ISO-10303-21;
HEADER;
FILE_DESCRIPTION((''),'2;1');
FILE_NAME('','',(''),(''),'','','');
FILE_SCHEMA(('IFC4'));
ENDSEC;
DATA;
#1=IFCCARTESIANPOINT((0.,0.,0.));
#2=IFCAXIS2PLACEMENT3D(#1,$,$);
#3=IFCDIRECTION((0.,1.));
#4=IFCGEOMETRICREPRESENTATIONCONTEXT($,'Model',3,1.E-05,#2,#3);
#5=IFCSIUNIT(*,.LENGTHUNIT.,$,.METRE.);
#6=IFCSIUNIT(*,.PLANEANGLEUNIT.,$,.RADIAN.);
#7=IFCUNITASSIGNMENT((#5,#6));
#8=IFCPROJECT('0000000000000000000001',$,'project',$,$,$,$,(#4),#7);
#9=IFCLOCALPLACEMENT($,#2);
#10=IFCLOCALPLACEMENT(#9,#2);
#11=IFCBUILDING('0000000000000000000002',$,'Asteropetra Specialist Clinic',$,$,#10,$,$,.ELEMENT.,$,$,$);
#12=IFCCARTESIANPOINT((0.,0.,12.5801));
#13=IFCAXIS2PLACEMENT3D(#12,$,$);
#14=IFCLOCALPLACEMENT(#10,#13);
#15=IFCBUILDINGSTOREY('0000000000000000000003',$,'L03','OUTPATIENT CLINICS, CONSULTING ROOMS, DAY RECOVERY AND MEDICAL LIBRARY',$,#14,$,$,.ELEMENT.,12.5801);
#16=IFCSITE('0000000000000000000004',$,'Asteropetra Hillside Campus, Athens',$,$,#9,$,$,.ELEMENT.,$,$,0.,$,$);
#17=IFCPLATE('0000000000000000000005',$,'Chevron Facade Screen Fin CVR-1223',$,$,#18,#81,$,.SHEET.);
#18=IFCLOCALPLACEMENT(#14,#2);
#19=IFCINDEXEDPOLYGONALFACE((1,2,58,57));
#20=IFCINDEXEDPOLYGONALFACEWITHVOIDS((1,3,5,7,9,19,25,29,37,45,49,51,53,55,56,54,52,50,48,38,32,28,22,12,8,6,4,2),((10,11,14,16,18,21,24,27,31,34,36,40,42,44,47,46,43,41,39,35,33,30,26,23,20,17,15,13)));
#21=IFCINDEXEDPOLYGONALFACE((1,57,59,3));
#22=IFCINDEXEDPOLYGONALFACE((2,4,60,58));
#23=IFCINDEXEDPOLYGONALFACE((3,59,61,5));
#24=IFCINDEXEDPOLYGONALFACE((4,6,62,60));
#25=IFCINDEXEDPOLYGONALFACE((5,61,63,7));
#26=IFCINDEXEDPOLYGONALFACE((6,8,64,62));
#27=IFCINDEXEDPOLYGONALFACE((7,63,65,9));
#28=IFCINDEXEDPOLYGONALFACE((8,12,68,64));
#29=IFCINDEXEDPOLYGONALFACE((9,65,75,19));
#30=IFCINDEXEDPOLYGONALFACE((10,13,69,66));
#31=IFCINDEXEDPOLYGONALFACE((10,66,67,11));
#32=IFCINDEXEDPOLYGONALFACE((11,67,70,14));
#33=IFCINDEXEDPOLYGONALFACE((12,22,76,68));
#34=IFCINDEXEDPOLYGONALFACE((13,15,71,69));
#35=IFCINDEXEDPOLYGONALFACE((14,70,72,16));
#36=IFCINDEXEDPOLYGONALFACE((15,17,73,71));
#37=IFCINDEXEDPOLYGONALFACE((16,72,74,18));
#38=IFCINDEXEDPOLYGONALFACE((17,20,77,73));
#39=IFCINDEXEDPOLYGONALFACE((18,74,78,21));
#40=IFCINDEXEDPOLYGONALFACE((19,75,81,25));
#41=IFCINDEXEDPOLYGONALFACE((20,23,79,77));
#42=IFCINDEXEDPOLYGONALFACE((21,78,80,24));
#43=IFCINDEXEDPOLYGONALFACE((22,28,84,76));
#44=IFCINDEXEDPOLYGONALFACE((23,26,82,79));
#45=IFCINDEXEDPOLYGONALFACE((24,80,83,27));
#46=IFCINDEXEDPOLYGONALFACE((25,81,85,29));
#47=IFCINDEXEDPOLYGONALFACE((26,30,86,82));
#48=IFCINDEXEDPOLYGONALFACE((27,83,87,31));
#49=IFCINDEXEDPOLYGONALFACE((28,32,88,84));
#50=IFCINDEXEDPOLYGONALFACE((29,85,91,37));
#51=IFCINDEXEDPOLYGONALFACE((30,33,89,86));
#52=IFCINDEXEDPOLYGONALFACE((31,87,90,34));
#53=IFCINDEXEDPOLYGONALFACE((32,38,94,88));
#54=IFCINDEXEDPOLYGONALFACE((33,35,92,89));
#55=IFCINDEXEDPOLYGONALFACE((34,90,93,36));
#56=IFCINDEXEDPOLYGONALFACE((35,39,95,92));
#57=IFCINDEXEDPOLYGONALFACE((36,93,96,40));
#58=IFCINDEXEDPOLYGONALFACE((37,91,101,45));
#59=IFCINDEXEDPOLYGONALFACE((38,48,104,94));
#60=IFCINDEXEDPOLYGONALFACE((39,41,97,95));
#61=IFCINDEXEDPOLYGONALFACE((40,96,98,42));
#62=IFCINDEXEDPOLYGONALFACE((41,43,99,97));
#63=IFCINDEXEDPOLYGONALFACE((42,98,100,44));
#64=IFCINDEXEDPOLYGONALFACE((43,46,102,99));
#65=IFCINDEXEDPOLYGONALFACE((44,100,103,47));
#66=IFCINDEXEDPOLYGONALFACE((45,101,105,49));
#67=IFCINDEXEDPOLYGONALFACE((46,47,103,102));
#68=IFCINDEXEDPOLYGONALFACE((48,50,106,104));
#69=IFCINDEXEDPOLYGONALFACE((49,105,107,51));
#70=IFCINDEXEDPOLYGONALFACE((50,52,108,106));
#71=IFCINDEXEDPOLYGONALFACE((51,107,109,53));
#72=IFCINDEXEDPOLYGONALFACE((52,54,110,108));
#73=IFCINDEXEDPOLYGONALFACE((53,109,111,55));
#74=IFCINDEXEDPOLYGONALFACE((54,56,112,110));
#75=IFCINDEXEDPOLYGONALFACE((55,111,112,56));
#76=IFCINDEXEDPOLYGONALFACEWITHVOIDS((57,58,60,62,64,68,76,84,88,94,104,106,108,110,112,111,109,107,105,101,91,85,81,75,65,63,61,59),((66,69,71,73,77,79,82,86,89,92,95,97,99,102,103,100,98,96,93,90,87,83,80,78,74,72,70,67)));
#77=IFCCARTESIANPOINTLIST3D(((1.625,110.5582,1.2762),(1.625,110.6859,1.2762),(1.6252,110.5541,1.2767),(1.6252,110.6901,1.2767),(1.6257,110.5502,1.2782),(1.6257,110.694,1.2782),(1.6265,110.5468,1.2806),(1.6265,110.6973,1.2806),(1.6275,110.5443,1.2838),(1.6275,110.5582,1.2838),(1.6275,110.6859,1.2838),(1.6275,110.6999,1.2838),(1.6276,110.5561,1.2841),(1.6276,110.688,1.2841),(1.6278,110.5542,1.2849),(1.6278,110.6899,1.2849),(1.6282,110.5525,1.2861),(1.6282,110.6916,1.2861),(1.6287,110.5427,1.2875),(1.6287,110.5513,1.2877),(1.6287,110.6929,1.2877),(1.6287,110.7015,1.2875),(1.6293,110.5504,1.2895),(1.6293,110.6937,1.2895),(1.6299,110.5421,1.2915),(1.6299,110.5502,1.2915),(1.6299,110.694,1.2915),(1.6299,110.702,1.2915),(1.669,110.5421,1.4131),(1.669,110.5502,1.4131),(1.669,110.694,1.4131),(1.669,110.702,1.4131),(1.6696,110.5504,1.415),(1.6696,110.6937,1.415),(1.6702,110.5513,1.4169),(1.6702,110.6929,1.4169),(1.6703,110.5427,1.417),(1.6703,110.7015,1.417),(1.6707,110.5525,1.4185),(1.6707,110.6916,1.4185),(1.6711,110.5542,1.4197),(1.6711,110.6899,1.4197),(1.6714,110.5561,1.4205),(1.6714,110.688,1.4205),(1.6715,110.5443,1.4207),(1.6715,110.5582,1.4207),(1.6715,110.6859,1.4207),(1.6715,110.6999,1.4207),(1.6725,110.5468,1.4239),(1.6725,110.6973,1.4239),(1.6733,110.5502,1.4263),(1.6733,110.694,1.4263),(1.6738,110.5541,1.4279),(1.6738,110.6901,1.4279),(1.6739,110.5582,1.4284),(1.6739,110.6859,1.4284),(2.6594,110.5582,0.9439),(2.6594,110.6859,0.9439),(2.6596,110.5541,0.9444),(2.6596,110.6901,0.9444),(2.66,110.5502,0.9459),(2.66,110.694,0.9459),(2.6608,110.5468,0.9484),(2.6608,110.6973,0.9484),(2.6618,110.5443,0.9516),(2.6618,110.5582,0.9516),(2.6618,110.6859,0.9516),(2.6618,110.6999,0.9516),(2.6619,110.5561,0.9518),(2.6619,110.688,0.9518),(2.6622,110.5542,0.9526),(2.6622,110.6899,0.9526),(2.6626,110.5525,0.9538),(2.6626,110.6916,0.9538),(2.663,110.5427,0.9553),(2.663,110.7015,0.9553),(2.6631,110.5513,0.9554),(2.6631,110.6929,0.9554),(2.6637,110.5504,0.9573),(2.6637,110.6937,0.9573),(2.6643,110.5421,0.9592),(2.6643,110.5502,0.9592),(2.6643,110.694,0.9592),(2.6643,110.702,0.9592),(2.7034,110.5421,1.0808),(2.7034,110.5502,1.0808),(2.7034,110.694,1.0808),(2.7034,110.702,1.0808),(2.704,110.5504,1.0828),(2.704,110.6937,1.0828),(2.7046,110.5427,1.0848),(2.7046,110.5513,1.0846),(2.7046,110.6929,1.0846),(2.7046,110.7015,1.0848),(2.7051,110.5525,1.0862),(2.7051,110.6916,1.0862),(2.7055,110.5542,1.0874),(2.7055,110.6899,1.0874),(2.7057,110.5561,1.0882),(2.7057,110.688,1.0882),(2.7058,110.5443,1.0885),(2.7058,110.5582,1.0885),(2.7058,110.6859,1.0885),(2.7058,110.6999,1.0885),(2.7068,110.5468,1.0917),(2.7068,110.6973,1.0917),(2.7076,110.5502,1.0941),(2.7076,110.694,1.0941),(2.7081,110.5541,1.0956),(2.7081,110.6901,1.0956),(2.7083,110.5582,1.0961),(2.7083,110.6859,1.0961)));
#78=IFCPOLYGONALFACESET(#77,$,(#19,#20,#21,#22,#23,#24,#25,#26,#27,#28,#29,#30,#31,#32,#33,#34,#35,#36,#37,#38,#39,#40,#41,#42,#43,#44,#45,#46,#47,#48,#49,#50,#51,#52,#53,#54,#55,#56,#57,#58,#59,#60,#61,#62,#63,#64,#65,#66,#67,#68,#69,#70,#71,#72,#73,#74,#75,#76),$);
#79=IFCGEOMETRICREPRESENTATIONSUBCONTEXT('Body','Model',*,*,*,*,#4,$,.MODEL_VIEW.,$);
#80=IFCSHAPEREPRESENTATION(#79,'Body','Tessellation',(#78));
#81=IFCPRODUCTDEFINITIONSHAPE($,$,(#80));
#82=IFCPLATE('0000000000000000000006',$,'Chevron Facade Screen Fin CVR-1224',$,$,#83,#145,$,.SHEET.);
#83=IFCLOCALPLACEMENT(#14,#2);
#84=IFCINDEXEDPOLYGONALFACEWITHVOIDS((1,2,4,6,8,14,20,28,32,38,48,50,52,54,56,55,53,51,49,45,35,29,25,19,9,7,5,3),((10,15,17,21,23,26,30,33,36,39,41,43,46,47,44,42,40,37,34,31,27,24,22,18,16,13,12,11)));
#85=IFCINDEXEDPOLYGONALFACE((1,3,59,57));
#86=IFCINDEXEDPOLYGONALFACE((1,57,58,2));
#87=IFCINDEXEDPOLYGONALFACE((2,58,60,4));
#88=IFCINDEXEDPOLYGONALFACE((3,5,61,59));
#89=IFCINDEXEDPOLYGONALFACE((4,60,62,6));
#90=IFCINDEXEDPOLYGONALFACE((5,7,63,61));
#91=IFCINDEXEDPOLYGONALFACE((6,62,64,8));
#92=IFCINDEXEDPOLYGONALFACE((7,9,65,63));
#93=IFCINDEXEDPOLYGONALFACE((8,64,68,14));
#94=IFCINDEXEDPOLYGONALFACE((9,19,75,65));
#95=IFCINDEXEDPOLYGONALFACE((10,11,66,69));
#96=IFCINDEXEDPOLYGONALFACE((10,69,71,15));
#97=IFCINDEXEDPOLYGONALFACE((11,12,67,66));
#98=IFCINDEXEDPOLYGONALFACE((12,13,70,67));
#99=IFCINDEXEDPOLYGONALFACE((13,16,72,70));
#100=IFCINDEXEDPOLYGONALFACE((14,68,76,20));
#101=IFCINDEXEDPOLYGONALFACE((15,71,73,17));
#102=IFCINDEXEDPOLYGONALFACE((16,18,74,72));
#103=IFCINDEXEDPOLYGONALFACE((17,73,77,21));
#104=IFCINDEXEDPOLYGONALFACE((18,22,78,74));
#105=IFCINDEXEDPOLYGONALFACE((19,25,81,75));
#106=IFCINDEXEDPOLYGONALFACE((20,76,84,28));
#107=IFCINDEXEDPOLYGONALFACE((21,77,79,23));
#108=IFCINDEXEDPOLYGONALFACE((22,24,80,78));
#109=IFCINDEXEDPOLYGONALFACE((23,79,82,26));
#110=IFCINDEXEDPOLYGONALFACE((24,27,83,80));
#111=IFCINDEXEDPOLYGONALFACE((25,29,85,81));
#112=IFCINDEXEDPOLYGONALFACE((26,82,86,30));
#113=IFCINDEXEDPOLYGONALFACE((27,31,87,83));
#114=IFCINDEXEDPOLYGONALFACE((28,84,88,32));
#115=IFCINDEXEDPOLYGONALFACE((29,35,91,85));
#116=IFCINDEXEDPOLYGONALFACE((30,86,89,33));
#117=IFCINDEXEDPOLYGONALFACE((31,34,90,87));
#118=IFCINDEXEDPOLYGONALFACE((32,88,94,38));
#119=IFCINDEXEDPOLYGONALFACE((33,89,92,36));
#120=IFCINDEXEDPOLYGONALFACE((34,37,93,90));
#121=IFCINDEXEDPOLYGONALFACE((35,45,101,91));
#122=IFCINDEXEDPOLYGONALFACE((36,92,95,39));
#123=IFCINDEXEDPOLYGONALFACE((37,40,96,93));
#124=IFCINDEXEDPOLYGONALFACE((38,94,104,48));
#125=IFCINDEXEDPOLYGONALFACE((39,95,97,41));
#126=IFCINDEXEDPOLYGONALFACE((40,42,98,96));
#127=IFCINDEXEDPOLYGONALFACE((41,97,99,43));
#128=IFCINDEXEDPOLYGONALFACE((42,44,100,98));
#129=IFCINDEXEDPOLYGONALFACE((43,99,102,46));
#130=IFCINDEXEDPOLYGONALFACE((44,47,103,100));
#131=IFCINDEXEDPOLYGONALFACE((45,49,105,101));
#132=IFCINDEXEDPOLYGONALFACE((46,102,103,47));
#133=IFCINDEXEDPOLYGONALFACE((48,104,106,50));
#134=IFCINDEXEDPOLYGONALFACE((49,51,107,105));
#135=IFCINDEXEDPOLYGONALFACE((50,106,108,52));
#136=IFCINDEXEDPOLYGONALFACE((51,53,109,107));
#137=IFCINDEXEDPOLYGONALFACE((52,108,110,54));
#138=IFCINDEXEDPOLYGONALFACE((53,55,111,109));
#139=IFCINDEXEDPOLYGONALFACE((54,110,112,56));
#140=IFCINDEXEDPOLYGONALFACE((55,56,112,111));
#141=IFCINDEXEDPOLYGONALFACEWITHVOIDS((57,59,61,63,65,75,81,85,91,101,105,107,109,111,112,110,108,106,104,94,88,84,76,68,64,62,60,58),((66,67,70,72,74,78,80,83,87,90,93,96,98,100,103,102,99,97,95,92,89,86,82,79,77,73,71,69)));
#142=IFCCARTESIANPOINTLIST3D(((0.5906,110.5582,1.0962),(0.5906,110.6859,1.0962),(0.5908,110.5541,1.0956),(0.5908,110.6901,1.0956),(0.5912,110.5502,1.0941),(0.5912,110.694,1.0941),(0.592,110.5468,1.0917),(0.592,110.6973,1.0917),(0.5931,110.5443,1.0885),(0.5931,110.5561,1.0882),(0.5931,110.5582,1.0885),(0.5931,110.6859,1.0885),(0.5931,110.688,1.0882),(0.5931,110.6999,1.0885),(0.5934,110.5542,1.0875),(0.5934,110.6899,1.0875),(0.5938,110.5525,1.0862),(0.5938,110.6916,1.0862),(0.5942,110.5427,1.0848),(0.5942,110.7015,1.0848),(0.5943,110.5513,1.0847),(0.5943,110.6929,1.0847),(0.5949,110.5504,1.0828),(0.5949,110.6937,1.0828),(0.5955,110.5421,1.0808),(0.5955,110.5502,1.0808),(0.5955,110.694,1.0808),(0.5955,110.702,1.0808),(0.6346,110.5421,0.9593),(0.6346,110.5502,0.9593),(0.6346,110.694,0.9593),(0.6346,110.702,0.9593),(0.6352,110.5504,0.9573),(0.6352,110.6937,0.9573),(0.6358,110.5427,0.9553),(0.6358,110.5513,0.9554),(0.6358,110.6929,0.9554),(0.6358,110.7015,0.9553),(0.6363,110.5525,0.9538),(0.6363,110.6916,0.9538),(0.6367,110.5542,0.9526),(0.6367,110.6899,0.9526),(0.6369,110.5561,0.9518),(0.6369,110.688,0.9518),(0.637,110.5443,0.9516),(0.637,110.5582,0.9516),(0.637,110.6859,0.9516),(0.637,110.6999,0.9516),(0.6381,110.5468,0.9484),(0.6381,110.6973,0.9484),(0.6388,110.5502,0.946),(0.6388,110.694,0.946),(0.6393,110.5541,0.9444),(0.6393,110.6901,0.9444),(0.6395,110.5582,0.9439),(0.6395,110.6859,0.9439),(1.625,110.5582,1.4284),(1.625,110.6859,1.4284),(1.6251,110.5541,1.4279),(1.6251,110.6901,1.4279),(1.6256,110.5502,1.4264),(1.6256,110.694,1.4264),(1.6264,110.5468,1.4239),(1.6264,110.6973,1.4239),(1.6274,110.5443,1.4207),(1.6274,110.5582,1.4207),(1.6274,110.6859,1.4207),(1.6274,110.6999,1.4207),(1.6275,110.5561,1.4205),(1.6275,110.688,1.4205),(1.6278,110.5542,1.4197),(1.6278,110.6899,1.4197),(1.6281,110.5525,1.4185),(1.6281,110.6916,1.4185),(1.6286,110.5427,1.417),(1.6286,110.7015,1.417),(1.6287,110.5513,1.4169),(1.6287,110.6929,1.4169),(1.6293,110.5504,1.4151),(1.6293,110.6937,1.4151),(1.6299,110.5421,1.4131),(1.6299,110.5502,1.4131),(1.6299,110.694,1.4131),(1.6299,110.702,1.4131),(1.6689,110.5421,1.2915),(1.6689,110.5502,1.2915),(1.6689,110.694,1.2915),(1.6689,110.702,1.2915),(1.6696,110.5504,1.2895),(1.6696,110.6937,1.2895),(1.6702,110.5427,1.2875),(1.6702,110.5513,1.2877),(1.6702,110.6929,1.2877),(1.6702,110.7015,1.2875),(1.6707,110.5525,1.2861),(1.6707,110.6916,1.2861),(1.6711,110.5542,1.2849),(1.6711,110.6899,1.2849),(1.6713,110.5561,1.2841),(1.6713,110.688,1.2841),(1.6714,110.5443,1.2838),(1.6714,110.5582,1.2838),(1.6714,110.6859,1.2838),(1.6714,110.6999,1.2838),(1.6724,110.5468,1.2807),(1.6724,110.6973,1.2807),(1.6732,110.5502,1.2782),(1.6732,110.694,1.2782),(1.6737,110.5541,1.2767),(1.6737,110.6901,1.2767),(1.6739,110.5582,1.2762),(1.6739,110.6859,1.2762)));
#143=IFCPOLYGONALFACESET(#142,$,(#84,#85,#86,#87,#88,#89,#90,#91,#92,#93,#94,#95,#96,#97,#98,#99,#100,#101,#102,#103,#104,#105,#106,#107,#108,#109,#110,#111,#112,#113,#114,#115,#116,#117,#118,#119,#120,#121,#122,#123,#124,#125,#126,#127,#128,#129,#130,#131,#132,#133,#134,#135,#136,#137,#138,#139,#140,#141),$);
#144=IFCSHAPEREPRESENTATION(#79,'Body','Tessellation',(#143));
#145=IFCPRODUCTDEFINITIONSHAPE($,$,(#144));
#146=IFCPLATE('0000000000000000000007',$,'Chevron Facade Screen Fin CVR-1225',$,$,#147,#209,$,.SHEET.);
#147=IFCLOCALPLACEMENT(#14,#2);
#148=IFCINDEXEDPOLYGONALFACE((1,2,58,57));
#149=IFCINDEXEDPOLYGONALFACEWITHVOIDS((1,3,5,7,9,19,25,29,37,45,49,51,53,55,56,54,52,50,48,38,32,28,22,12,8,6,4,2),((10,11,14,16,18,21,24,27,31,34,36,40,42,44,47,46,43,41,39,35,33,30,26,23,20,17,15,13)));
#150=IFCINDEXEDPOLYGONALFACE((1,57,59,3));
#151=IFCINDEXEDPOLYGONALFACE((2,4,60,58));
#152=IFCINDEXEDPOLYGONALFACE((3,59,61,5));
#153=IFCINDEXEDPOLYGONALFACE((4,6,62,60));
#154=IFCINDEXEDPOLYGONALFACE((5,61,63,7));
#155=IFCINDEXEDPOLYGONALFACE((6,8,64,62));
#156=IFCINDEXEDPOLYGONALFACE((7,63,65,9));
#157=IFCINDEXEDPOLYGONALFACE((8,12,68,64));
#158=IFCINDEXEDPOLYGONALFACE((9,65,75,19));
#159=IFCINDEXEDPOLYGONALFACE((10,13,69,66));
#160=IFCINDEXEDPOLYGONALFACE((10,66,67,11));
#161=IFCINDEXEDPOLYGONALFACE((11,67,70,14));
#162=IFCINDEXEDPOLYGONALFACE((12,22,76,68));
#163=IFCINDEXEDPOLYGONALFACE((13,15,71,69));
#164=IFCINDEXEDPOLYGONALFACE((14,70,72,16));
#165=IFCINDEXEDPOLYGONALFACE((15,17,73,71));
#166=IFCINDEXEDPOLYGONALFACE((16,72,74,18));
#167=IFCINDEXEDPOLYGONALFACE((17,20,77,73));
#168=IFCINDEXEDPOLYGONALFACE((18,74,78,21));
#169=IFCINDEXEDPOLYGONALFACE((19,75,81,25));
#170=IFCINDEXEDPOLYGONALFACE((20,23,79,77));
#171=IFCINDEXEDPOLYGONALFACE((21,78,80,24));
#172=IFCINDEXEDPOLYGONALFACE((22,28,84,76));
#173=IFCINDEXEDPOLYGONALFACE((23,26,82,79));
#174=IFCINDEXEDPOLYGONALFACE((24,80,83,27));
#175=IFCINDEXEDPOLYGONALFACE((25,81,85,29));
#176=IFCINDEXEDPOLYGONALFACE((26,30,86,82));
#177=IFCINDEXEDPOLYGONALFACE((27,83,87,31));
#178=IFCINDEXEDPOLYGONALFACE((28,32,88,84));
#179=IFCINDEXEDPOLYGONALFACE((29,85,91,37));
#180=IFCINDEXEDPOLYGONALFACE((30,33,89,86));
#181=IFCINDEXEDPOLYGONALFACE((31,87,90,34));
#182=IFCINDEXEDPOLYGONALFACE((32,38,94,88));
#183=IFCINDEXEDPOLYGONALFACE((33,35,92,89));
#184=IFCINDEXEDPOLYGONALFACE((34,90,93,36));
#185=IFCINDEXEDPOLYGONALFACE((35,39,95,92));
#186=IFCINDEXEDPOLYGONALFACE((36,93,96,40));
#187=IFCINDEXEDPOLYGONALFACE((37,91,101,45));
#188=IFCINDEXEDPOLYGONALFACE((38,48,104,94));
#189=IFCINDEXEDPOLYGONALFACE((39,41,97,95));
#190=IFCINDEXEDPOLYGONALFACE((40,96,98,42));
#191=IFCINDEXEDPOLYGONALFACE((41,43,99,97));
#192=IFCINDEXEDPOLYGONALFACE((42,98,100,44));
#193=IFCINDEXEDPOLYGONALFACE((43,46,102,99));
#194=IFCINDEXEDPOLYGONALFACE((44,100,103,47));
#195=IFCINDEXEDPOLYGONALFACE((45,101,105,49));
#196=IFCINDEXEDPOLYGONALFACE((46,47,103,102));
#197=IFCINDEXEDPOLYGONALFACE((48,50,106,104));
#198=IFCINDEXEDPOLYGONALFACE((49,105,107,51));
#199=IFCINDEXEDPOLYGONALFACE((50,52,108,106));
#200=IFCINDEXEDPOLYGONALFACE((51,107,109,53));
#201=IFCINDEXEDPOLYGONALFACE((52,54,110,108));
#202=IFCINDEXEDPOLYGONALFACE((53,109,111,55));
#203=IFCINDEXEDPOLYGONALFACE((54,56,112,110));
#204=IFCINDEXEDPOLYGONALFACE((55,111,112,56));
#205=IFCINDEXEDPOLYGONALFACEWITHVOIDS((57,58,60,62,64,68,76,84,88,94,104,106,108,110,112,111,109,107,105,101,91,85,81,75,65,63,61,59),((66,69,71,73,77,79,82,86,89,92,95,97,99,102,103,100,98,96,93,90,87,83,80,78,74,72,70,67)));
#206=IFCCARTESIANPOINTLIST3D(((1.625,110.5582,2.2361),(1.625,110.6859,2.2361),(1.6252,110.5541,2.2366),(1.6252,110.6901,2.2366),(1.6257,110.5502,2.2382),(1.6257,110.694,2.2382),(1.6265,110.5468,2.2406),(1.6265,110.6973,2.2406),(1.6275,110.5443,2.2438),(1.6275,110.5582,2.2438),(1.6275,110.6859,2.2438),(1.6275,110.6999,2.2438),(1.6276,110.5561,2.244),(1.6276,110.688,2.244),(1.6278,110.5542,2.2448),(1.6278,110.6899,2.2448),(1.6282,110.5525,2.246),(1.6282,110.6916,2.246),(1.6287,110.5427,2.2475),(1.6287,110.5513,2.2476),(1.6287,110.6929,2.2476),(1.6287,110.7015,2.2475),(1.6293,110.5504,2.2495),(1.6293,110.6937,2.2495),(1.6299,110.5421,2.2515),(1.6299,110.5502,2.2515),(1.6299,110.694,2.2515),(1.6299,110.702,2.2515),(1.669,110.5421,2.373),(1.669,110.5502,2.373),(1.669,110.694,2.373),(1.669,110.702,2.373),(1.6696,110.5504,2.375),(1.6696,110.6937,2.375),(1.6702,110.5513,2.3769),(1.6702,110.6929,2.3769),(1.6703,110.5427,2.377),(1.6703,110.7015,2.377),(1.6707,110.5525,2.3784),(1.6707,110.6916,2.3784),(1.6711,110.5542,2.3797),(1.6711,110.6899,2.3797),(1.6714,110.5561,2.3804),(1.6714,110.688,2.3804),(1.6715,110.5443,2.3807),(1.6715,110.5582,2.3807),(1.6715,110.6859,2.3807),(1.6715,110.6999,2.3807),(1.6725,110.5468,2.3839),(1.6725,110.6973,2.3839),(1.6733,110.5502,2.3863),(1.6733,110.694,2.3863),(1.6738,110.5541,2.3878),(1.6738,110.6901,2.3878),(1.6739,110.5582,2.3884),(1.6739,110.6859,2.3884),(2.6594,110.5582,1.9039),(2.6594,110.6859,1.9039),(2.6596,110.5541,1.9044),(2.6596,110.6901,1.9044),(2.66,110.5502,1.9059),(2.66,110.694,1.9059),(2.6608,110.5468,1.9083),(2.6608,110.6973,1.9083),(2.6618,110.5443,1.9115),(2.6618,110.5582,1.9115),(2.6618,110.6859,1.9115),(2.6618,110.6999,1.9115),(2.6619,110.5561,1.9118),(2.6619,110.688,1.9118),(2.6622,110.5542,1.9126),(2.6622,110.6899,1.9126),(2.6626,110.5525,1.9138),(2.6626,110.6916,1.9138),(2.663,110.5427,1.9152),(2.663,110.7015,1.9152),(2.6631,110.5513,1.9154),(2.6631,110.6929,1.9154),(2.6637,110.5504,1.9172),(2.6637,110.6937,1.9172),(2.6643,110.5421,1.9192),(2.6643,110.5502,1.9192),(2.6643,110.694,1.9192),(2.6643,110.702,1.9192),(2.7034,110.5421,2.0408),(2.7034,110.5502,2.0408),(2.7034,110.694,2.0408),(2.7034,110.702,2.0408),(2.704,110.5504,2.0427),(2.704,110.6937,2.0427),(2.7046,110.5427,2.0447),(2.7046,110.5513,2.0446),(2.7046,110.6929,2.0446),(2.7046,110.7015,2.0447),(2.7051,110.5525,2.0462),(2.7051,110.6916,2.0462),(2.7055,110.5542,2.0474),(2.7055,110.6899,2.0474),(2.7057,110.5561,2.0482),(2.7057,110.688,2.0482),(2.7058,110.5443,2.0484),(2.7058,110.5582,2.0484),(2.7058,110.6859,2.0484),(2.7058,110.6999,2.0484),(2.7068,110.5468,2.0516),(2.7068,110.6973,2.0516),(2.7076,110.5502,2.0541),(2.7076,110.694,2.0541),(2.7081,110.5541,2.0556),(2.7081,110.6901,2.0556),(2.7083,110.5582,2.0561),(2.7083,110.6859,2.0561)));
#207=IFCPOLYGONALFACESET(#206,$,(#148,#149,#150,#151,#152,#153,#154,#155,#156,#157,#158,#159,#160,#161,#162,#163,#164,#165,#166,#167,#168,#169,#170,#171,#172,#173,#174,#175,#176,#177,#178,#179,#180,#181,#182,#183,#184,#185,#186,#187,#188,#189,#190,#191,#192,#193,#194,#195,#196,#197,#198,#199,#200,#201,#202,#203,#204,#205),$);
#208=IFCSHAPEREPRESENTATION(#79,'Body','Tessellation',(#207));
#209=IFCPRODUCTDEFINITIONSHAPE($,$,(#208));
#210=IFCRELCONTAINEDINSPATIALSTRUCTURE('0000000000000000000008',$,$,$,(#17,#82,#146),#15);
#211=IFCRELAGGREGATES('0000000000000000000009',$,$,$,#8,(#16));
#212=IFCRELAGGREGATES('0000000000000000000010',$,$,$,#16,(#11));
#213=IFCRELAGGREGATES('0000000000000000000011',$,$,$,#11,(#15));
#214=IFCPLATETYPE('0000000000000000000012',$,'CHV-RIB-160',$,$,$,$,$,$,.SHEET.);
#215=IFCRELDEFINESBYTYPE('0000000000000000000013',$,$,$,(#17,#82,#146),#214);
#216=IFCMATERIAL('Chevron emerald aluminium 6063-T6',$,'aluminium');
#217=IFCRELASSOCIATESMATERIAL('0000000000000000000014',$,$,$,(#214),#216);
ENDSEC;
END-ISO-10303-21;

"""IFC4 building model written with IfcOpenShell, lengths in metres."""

from ifc_helpers import new_model, si_unit, direction, frame, origin, origin_2d, place, context, subcontext, project, spatial, hollow_rectangle, extrude, material, material_profile, profile_set, type_object, element, save


model = new_model("IFC4")

# Units and contexts
model_context = context("Model", 3, precision=1e-05, world=origin(), true_north=direction((0.0, 1.0)))
body_context = subcontext(model_context, "Body", "Model", "MODEL_VIEW")
ifc_project = project(units=[si_unit("LENGTHUNIT", "METRE"), si_unit("PLANEANGLEUNIT", "RADIAN")], contexts=[model_context])

# Site, building, storey
site_placement = place(None, origin())
site = spatial("IfcSite", under=ifc_project, at=site_placement, Name="Asteropetra Hillside Campus, Athens", CompositionType="ELEMENT", RefElevation=0.0)
building_placement = place(site_placement, origin())
building = spatial("IfcBuilding", under=site, at=building_placement, Name="Asteropetra Specialist Clinic", CompositionType="ELEMENT")
storey_placement = place(building_placement, frame((0.0, 0.0, 12.5801)))
storey = spatial("IfcBuildingStorey", under=building, at=storey_placement, Name="L03", Description="OUTPATIENT CLINICS, CONSULTING ROOMS, DAY RECOVERY AND MEDICAL LIBRARY", CompositionType="ELEMENT", Elevation=12.5801)

# Plates
ifc_material_1 = material(Name="Chevron emerald aluminium 6063-T6", Category="aluminium")
ifc_material_profile_1 = material_profile(ifc_material_1, hollow_rectangle(XDim=0.1599, YDim=0.1599, WallThickness=0.0081, InnerFilletRadius=0.0081, OuterFilletRadius=0.0161, at=origin_2d()), Name="SHS 160x160x8.0")
ifc_profile_set_1 = profile_set([ifc_material_profile_1], Name="Chevron emerald aluminium 6063-T6")
plate_type_1 = type_object("IfcPlateType", Name="CHV-RIB-160", PredefinedType="SHEET", material=ifc_profile_set_1)
for number, where, z_axis, x_axis, name in (
    (1, (2.6838, 110.6221, 1.02), (-0.952087, 0.0, 0.305827), (0.0, -1.0, 0.0), "Chevron Facade Screen Fin CVR-1223"),
    (2, (1.6494, 110.6221, 1.3523), (-0.952087, 0.0, -0.305827), (0.0, -1.0, 0.0), "Chevron Facade Screen Fin CVR-1224"),
    (3, (2.6838, 110.6221, 1.98), (-0.952087, 0.0, 0.305827), (0.0, -1.0, 0.0), "Chevron Facade Screen Fin CVR-1225"),
):
    element("IfcPlate", number, at=place(storey_placement, frame(where, z_axis=z_axis, x_axis=x_axis)), inside=storey, type_object=plate_type_1, Name=name, PredefinedType="SHEET", context=body_context, shape_type="SweptSolid", body=[
        extrude(hollow_rectangle(XDim=0.1599, YDim=0.1599, WallThickness=0.0081, InnerFilletRadius=0.0081, OuterFilletRadius=0.0161, at=origin_2d()), origin(), (0.0, 0.0, 1.0), 1.0864),
    ])

save(model, "model.ifc")
